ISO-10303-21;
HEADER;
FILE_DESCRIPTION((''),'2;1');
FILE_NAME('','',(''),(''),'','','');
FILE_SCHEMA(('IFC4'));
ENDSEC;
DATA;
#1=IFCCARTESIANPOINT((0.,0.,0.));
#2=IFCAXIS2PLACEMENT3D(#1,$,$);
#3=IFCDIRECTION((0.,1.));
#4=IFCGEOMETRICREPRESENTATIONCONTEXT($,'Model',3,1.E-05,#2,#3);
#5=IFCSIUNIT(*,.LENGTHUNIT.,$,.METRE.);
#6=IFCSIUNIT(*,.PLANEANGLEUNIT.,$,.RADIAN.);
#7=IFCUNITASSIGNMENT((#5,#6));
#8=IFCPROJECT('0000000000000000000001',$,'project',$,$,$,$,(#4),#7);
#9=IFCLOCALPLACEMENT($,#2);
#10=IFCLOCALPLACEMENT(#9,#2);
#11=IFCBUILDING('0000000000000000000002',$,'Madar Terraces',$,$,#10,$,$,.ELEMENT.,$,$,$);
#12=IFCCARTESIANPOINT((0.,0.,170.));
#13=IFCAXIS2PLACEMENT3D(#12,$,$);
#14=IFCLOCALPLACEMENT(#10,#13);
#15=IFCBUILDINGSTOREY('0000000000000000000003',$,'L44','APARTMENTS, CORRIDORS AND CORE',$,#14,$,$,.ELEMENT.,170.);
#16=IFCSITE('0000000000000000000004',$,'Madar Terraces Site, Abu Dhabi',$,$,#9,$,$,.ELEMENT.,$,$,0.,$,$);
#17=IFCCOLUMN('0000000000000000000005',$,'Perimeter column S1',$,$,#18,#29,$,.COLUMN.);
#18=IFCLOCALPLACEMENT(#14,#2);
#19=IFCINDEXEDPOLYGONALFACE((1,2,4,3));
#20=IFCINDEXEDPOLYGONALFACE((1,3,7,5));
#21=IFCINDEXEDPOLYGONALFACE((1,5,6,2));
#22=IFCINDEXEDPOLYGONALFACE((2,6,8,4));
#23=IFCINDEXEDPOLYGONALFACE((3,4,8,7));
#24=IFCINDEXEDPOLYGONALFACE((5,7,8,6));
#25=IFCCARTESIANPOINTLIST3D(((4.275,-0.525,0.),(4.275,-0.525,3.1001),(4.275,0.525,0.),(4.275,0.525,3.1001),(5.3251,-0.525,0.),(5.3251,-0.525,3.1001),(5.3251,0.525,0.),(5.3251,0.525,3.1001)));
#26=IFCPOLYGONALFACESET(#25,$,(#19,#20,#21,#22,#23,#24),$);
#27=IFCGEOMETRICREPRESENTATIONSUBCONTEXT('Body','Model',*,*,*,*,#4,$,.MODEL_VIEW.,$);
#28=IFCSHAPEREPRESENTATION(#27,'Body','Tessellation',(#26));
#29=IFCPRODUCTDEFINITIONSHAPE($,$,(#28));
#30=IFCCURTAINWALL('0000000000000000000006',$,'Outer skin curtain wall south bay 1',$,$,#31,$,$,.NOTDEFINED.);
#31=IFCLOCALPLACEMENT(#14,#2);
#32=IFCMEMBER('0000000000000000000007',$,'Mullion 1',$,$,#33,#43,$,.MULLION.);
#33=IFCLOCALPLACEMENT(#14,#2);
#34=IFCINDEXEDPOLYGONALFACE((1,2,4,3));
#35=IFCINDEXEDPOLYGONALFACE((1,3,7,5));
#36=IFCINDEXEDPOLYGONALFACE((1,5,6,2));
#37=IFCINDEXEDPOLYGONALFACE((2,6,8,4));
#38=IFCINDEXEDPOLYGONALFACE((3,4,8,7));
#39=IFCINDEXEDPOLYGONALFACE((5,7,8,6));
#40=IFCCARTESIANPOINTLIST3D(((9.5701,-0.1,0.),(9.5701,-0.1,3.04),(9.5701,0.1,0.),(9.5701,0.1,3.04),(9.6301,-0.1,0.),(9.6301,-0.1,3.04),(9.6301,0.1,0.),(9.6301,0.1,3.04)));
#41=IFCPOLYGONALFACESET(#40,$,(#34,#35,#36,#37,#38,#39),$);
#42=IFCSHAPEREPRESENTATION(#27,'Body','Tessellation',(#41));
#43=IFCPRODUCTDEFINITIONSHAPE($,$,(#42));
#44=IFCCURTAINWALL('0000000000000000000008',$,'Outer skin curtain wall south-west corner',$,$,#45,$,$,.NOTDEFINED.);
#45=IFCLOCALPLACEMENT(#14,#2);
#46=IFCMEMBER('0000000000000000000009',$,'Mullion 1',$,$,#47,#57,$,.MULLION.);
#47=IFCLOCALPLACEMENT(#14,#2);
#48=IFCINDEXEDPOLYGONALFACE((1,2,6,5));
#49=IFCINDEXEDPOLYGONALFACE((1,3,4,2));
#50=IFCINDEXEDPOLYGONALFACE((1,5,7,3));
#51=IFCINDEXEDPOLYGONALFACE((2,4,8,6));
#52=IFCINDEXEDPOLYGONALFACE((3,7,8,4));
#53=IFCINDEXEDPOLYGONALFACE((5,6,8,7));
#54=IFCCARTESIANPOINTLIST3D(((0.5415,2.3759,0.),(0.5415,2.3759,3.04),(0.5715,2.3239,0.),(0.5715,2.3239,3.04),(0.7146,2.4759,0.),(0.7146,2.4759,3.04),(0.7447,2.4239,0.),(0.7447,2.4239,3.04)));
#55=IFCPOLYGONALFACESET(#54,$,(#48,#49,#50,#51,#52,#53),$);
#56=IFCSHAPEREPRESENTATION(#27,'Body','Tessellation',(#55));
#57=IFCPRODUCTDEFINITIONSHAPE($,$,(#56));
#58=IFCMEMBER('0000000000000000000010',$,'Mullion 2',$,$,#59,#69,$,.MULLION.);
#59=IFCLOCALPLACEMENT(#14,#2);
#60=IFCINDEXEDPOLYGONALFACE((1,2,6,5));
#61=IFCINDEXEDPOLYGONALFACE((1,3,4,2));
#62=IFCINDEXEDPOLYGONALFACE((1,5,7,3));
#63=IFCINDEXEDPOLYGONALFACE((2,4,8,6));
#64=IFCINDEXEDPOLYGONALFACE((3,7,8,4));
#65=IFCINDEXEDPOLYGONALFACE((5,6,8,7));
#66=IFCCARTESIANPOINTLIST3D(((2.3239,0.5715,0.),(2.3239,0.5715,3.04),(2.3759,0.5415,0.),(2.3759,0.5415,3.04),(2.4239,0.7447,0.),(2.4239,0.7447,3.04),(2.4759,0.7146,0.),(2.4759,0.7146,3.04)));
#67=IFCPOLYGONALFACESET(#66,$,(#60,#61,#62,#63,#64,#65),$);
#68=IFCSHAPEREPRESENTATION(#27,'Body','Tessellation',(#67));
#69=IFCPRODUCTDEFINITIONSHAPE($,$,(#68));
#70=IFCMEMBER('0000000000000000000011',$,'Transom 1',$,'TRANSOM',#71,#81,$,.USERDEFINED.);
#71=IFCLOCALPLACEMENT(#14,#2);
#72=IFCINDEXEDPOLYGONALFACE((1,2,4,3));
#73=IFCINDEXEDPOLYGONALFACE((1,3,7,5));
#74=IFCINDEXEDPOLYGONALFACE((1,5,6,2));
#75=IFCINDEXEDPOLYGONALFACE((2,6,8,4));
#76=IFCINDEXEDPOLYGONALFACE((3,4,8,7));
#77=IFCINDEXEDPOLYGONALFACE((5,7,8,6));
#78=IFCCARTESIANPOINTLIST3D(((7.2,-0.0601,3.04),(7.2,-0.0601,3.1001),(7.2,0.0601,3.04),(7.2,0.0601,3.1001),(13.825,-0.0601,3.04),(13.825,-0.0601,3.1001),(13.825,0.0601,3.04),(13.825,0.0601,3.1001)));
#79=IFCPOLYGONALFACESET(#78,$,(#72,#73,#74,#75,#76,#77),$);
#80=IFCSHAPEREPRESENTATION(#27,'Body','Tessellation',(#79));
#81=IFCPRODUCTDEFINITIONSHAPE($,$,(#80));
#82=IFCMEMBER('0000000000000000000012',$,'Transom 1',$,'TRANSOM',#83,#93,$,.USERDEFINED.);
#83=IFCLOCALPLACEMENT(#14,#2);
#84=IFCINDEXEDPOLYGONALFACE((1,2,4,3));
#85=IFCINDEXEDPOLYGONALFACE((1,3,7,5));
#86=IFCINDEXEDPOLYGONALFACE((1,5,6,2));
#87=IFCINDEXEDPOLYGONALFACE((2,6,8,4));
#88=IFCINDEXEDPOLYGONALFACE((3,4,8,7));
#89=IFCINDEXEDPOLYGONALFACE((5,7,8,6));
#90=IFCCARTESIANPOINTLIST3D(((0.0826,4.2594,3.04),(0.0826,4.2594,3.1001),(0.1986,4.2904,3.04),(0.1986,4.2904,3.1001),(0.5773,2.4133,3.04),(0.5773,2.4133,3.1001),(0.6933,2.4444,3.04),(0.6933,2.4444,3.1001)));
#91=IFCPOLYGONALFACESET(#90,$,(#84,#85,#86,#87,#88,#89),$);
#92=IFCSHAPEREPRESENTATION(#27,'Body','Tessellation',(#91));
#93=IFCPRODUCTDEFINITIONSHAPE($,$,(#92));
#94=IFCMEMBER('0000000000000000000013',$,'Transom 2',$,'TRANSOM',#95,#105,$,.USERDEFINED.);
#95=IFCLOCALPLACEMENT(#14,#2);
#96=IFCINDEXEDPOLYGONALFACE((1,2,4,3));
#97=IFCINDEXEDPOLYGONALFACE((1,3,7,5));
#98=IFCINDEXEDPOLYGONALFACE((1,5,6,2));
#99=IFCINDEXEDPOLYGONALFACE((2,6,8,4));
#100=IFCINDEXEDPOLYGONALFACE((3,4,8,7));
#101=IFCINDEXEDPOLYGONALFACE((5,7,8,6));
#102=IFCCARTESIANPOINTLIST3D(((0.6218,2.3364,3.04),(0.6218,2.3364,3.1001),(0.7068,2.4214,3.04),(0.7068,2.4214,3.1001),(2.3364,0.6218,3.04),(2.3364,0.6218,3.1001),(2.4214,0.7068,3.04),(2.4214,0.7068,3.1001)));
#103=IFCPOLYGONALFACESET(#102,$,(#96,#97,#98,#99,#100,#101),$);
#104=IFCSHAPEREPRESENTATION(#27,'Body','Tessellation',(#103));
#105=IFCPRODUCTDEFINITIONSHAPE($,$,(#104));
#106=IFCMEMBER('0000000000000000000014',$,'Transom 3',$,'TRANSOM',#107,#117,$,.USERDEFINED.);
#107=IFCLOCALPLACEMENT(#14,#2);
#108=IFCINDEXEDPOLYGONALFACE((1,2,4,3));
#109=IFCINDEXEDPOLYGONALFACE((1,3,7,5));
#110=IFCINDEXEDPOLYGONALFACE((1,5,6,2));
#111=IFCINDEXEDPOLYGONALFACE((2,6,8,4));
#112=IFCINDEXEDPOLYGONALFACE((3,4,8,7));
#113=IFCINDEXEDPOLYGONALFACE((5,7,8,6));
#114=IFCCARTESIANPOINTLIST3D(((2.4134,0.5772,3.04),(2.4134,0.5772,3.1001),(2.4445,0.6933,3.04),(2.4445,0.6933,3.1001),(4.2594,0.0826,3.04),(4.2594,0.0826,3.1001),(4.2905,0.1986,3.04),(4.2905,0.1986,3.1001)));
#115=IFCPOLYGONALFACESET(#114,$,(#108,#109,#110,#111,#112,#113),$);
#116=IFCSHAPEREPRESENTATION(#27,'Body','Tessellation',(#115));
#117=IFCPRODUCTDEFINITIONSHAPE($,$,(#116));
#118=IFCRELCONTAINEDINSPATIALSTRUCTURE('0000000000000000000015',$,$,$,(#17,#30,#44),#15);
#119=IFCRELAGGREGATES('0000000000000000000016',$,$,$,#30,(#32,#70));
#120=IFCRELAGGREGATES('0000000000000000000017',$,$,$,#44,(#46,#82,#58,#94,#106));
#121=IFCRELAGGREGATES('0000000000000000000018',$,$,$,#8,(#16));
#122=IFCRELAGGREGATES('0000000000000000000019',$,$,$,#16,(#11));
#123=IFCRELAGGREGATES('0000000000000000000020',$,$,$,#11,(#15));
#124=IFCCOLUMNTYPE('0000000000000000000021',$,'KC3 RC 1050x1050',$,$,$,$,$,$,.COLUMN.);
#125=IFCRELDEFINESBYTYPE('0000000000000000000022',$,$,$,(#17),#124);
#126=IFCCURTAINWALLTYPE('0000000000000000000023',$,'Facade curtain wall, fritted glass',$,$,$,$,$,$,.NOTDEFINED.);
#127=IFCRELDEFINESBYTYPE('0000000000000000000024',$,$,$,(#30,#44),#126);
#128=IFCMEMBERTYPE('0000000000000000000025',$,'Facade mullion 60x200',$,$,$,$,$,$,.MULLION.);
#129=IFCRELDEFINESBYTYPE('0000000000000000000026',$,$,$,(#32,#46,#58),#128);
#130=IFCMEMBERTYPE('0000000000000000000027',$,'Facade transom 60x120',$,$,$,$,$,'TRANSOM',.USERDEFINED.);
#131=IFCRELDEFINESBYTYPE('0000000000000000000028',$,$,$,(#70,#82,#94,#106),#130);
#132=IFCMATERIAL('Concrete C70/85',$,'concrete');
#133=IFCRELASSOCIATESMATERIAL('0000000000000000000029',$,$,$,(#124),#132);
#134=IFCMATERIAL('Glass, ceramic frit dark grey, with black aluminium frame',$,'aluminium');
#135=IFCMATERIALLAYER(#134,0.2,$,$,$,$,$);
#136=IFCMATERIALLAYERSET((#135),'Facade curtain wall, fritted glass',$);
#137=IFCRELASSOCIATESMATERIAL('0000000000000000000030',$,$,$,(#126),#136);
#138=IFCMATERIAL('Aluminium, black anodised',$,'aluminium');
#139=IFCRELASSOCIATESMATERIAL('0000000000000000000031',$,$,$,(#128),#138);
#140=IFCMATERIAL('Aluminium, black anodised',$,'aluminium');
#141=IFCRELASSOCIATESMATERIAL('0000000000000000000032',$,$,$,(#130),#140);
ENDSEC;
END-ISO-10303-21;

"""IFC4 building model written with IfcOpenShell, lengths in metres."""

from ifc_helpers import new_model, si_unit, direction, frame, origin, origin_2d, place, context, subcontext, project, spatial, rectangle, extrude, material, layer, layer_set, material_profile, profile_set, type_object, element, aggregate, save


model = new_model("IFC4")

# Units and contexts
model_context = context("Model", 3, precision=1e-05, world=origin(), true_north=direction((0.0, 1.0)))
body_context = subcontext(model_context, "Body", "Model", "MODEL_VIEW")
ifc_project = project(units=[si_unit("LENGTHUNIT", "METRE"), si_unit("PLANEANGLEUNIT", "RADIAN")], contexts=[model_context])

# Site, building, storey
site_placement = place(None, origin())
site = spatial("IfcSite", under=ifc_project, at=site_placement, Name="Madar Terraces Site, Abu Dhabi", CompositionType="ELEMENT", RefElevation=0.0)
building_placement = place(site_placement, origin())
building = spatial("IfcBuilding", under=site, at=building_placement, Name="Madar Terraces", CompositionType="ELEMENT")
storey_placement = place(building_placement, frame((0.0, 0.0, 170.0)))
storey = spatial("IfcBuildingStorey", under=building, at=storey_placement, Name="L44", Description="APARTMENTS, CORRIDORS AND CORE", CompositionType="ELEMENT", Elevation=170.0)

# Column
ifc_material_1 = material(Name="Concrete C70/85", Category="concrete")
ifc_material_profile_1 = material_profile(ifc_material_1, rectangle(XDim=1.05, YDim=1.05, at=origin_2d()), Name="KC3 RC 1050x1050")
ifc_profile_set_1 = profile_set([ifc_material_profile_1], Name="Concrete C70/85")
column_type = type_object("IfcColumnType", Name="KC3 RC 1050x1050", PredefinedType="COLUMN", material=ifc_profile_set_1)
column_placement = place(storey_placement, frame((4.8, 0.0, 0.0), z_axis=(0.0, 0.0, 1.0), x_axis=(1.0, 0.0, 0.0)))
element("IfcColumn", 1, at=column_placement, inside=storey, type_object=column_type, Name="Perimeter column S1", PredefinedType="COLUMN", context=body_context, shape_type="SweptSolid", body=[
    extrude(rectangle(XDim=1.05, YDim=1.05, at=origin_2d()), origin(), (0.0, 0.0, 1.0), 3.1001),
])

# Curtain wall, member
ifc_material_2 = material(Name="Glass, ceramic frit dark grey, with black aluminium frame", Category="aluminium")
ifc_layer_1 = layer(ifc_material_2, 0.2)
ifc_layer_set_1 = layer_set([ifc_layer_1], Name="Facade curtain wall, fritted glass")
curtain_wall_type = type_object("IfcCurtainWallType", Name="Facade curtain wall, fritted glass", PredefinedType="NOTDEFINED", material=ifc_layer_set_1)
curtain_wall_1_placement = place(storey_placement, origin())
curtain_wall_1 = element("IfcCurtainWall", 2, at=curtain_wall_1_placement, inside=storey, type_object=curtain_wall_type, Name="Outer skin curtain wall south bay 1", PredefinedType="NOTDEFINED")
ifc_material_3 = material(Name="Aluminium, black anodised", Category="aluminium")
ifc_material_profile_2 = material_profile(ifc_material_3, rectangle(XDim=0.2, YDim=0.0601, at=origin_2d()), Name="Facade mullion 60x200")
ifc_profile_set_2 = profile_set([ifc_material_profile_2], Name="Aluminium, black anodised")
member_type_1 = type_object("IfcMemberType", Name="Facade mullion 60x200", PredefinedType="MULLION", material=ifc_profile_set_2)
member_1_placement = place(storey_placement, frame((9.6001, 0.0, 0.0), z_axis=(0.0, 0.0, 1.0), x_axis=(0.0, 1.0, 0.0)))
member_1 = element("IfcMember", 3, at=member_1_placement, type_object=member_type_1, Name="Mullion 1", PredefinedType="MULLION", context=body_context, shape_type="SweptSolid", body=[
    extrude(rectangle(XDim=0.2, YDim=0.0601, at=origin_2d()), origin(), (0.0, 0.0, 1.0), 3.04),
])

# Curtain wall, members
curtain_wall_2_placement = place(storey_placement, origin())
curtain_wall_2 = element("IfcCurtainWall", 4, at=curtain_wall_2_placement, inside=storey, type_object=curtain_wall_type, Name="Outer skin curtain wall south-west corner", PredefinedType="NOTDEFINED")
member_2_placement = place(storey_placement, frame((0.6431, 2.3999, 0.0), z_axis=(0.0, 0.0, 1.0), x_axis=(0.866025, 0.5, 0.0)))
member_2 = element("IfcMember", 5, at=member_2_placement, type_object=member_type_1, Name="Mullion 1", PredefinedType="MULLION", context=body_context, shape_type="SweptSolid", body=[
    extrude(rectangle(XDim=0.2, YDim=0.0601, at=origin_2d()), origin(), (0.0, 0.0, 1.0), 3.04),
])
member_3_placement = place(storey_placement, frame((2.3999, 0.6431, 0.0), z_axis=(0.0, 0.0, 1.0), x_axis=(0.5, 0.866025, 0.0)))
member_3 = element("IfcMember", 6, at=member_3_placement, type_object=member_type_1, Name="Mullion 2", PredefinedType="MULLION", context=body_context, shape_type="SweptSolid", body=[
    extrude(rectangle(XDim=0.2, YDim=0.0601, at=origin_2d()), origin(), (0.0, 0.0, 1.0), 3.04),
])

# Members
ifc_material_4 = material(Name="Aluminium, black anodised", Category="aluminium")
ifc_material_profile_3 = material_profile(ifc_material_4, rectangle(XDim=0.1201, YDim=0.0601, at=origin_2d()), Name="Facade transom 60x120")
ifc_profile_set_3 = profile_set([ifc_material_profile_3], Name="Aluminium, black anodised")
member_type_2 = type_object("IfcMemberType", Name="Facade transom 60x120", ElementType="TRANSOM", PredefinedType="USERDEFINED", material=ifc_profile_set_3)
member_4_placement = place(storey_placement, frame((7.2, 0.0, 3.0701), z_axis=(1.0, 0.0, 0.0), x_axis=(0.0, 1.0, 0.0)))
member_4 = element("IfcMember", 7, at=member_4_placement, type_object=member_type_2, Name="Transom 1", ObjectType="TRANSOM", PredefinedType="USERDEFINED", context=body_context, shape_type="SweptSolid", body=[
    extrude(rectangle(XDim=0.1201, YDim=0.0601, at=origin_2d()), origin(), (0.0, 0.0, 1.0), 6.625),
])
member_5_placement = place(storey_placement, frame((0.1406, 4.2749, 3.0701), z_axis=(0.258823, -0.965925, 0.0), x_axis=(0.965925, 0.258823, 0.0)))
member_5 = element("IfcMember", 8, at=member_5_placement, type_object=member_type_2, Name="Transom 1", ObjectType="TRANSOM", PredefinedType="USERDEFINED", context=body_context, shape_type="SweptSolid", body=[
    extrude(rectangle(XDim=0.1201, YDim=0.0601, at=origin_2d()), origin(), (0.0, 0.0, 1.0), 1.9111),
])
member_6_placement = place(storey_placement, frame((0.6643, 2.3789, 3.0701), z_axis=(0.707107, -0.707107, 0.0), x_axis=(0.707107, 0.707107, 0.0)))
member_6 = element("IfcMember", 9, at=member_6_placement, type_object=member_type_2, Name="Transom 2", ObjectType="TRANSOM", PredefinedType="USERDEFINED", context=body_context, shape_type="SweptSolid", body=[
    extrude(rectangle(XDim=0.1201, YDim=0.0601, at=origin_2d()), origin(), (0.0, 0.0, 1.0), 2.4248),
])
member_7_placement = place(storey_placement, frame((2.429, 0.6353, 3.0701), z_axis=(0.965925, -0.258823, 0.0), x_axis=(0.258823, 0.965925, 0.0)))
member_7 = element("IfcMember", 10, at=member_7_placement, type_object=member_type_2, Name="Transom 3", ObjectType="TRANSOM", PredefinedType="USERDEFINED", context=body_context, shape_type="SweptSolid", body=[
    extrude(rectangle(XDim=0.1201, YDim=0.0601, at=origin_2d()), origin(), (0.0, 0.0, 1.0), 1.9111),
])

aggregate(curtain_wall_1, [member_1, member_4])
aggregate(curtain_wall_2, [member_2, member_5, member_3, member_6, member_7])

save(model, "model.ifc")
